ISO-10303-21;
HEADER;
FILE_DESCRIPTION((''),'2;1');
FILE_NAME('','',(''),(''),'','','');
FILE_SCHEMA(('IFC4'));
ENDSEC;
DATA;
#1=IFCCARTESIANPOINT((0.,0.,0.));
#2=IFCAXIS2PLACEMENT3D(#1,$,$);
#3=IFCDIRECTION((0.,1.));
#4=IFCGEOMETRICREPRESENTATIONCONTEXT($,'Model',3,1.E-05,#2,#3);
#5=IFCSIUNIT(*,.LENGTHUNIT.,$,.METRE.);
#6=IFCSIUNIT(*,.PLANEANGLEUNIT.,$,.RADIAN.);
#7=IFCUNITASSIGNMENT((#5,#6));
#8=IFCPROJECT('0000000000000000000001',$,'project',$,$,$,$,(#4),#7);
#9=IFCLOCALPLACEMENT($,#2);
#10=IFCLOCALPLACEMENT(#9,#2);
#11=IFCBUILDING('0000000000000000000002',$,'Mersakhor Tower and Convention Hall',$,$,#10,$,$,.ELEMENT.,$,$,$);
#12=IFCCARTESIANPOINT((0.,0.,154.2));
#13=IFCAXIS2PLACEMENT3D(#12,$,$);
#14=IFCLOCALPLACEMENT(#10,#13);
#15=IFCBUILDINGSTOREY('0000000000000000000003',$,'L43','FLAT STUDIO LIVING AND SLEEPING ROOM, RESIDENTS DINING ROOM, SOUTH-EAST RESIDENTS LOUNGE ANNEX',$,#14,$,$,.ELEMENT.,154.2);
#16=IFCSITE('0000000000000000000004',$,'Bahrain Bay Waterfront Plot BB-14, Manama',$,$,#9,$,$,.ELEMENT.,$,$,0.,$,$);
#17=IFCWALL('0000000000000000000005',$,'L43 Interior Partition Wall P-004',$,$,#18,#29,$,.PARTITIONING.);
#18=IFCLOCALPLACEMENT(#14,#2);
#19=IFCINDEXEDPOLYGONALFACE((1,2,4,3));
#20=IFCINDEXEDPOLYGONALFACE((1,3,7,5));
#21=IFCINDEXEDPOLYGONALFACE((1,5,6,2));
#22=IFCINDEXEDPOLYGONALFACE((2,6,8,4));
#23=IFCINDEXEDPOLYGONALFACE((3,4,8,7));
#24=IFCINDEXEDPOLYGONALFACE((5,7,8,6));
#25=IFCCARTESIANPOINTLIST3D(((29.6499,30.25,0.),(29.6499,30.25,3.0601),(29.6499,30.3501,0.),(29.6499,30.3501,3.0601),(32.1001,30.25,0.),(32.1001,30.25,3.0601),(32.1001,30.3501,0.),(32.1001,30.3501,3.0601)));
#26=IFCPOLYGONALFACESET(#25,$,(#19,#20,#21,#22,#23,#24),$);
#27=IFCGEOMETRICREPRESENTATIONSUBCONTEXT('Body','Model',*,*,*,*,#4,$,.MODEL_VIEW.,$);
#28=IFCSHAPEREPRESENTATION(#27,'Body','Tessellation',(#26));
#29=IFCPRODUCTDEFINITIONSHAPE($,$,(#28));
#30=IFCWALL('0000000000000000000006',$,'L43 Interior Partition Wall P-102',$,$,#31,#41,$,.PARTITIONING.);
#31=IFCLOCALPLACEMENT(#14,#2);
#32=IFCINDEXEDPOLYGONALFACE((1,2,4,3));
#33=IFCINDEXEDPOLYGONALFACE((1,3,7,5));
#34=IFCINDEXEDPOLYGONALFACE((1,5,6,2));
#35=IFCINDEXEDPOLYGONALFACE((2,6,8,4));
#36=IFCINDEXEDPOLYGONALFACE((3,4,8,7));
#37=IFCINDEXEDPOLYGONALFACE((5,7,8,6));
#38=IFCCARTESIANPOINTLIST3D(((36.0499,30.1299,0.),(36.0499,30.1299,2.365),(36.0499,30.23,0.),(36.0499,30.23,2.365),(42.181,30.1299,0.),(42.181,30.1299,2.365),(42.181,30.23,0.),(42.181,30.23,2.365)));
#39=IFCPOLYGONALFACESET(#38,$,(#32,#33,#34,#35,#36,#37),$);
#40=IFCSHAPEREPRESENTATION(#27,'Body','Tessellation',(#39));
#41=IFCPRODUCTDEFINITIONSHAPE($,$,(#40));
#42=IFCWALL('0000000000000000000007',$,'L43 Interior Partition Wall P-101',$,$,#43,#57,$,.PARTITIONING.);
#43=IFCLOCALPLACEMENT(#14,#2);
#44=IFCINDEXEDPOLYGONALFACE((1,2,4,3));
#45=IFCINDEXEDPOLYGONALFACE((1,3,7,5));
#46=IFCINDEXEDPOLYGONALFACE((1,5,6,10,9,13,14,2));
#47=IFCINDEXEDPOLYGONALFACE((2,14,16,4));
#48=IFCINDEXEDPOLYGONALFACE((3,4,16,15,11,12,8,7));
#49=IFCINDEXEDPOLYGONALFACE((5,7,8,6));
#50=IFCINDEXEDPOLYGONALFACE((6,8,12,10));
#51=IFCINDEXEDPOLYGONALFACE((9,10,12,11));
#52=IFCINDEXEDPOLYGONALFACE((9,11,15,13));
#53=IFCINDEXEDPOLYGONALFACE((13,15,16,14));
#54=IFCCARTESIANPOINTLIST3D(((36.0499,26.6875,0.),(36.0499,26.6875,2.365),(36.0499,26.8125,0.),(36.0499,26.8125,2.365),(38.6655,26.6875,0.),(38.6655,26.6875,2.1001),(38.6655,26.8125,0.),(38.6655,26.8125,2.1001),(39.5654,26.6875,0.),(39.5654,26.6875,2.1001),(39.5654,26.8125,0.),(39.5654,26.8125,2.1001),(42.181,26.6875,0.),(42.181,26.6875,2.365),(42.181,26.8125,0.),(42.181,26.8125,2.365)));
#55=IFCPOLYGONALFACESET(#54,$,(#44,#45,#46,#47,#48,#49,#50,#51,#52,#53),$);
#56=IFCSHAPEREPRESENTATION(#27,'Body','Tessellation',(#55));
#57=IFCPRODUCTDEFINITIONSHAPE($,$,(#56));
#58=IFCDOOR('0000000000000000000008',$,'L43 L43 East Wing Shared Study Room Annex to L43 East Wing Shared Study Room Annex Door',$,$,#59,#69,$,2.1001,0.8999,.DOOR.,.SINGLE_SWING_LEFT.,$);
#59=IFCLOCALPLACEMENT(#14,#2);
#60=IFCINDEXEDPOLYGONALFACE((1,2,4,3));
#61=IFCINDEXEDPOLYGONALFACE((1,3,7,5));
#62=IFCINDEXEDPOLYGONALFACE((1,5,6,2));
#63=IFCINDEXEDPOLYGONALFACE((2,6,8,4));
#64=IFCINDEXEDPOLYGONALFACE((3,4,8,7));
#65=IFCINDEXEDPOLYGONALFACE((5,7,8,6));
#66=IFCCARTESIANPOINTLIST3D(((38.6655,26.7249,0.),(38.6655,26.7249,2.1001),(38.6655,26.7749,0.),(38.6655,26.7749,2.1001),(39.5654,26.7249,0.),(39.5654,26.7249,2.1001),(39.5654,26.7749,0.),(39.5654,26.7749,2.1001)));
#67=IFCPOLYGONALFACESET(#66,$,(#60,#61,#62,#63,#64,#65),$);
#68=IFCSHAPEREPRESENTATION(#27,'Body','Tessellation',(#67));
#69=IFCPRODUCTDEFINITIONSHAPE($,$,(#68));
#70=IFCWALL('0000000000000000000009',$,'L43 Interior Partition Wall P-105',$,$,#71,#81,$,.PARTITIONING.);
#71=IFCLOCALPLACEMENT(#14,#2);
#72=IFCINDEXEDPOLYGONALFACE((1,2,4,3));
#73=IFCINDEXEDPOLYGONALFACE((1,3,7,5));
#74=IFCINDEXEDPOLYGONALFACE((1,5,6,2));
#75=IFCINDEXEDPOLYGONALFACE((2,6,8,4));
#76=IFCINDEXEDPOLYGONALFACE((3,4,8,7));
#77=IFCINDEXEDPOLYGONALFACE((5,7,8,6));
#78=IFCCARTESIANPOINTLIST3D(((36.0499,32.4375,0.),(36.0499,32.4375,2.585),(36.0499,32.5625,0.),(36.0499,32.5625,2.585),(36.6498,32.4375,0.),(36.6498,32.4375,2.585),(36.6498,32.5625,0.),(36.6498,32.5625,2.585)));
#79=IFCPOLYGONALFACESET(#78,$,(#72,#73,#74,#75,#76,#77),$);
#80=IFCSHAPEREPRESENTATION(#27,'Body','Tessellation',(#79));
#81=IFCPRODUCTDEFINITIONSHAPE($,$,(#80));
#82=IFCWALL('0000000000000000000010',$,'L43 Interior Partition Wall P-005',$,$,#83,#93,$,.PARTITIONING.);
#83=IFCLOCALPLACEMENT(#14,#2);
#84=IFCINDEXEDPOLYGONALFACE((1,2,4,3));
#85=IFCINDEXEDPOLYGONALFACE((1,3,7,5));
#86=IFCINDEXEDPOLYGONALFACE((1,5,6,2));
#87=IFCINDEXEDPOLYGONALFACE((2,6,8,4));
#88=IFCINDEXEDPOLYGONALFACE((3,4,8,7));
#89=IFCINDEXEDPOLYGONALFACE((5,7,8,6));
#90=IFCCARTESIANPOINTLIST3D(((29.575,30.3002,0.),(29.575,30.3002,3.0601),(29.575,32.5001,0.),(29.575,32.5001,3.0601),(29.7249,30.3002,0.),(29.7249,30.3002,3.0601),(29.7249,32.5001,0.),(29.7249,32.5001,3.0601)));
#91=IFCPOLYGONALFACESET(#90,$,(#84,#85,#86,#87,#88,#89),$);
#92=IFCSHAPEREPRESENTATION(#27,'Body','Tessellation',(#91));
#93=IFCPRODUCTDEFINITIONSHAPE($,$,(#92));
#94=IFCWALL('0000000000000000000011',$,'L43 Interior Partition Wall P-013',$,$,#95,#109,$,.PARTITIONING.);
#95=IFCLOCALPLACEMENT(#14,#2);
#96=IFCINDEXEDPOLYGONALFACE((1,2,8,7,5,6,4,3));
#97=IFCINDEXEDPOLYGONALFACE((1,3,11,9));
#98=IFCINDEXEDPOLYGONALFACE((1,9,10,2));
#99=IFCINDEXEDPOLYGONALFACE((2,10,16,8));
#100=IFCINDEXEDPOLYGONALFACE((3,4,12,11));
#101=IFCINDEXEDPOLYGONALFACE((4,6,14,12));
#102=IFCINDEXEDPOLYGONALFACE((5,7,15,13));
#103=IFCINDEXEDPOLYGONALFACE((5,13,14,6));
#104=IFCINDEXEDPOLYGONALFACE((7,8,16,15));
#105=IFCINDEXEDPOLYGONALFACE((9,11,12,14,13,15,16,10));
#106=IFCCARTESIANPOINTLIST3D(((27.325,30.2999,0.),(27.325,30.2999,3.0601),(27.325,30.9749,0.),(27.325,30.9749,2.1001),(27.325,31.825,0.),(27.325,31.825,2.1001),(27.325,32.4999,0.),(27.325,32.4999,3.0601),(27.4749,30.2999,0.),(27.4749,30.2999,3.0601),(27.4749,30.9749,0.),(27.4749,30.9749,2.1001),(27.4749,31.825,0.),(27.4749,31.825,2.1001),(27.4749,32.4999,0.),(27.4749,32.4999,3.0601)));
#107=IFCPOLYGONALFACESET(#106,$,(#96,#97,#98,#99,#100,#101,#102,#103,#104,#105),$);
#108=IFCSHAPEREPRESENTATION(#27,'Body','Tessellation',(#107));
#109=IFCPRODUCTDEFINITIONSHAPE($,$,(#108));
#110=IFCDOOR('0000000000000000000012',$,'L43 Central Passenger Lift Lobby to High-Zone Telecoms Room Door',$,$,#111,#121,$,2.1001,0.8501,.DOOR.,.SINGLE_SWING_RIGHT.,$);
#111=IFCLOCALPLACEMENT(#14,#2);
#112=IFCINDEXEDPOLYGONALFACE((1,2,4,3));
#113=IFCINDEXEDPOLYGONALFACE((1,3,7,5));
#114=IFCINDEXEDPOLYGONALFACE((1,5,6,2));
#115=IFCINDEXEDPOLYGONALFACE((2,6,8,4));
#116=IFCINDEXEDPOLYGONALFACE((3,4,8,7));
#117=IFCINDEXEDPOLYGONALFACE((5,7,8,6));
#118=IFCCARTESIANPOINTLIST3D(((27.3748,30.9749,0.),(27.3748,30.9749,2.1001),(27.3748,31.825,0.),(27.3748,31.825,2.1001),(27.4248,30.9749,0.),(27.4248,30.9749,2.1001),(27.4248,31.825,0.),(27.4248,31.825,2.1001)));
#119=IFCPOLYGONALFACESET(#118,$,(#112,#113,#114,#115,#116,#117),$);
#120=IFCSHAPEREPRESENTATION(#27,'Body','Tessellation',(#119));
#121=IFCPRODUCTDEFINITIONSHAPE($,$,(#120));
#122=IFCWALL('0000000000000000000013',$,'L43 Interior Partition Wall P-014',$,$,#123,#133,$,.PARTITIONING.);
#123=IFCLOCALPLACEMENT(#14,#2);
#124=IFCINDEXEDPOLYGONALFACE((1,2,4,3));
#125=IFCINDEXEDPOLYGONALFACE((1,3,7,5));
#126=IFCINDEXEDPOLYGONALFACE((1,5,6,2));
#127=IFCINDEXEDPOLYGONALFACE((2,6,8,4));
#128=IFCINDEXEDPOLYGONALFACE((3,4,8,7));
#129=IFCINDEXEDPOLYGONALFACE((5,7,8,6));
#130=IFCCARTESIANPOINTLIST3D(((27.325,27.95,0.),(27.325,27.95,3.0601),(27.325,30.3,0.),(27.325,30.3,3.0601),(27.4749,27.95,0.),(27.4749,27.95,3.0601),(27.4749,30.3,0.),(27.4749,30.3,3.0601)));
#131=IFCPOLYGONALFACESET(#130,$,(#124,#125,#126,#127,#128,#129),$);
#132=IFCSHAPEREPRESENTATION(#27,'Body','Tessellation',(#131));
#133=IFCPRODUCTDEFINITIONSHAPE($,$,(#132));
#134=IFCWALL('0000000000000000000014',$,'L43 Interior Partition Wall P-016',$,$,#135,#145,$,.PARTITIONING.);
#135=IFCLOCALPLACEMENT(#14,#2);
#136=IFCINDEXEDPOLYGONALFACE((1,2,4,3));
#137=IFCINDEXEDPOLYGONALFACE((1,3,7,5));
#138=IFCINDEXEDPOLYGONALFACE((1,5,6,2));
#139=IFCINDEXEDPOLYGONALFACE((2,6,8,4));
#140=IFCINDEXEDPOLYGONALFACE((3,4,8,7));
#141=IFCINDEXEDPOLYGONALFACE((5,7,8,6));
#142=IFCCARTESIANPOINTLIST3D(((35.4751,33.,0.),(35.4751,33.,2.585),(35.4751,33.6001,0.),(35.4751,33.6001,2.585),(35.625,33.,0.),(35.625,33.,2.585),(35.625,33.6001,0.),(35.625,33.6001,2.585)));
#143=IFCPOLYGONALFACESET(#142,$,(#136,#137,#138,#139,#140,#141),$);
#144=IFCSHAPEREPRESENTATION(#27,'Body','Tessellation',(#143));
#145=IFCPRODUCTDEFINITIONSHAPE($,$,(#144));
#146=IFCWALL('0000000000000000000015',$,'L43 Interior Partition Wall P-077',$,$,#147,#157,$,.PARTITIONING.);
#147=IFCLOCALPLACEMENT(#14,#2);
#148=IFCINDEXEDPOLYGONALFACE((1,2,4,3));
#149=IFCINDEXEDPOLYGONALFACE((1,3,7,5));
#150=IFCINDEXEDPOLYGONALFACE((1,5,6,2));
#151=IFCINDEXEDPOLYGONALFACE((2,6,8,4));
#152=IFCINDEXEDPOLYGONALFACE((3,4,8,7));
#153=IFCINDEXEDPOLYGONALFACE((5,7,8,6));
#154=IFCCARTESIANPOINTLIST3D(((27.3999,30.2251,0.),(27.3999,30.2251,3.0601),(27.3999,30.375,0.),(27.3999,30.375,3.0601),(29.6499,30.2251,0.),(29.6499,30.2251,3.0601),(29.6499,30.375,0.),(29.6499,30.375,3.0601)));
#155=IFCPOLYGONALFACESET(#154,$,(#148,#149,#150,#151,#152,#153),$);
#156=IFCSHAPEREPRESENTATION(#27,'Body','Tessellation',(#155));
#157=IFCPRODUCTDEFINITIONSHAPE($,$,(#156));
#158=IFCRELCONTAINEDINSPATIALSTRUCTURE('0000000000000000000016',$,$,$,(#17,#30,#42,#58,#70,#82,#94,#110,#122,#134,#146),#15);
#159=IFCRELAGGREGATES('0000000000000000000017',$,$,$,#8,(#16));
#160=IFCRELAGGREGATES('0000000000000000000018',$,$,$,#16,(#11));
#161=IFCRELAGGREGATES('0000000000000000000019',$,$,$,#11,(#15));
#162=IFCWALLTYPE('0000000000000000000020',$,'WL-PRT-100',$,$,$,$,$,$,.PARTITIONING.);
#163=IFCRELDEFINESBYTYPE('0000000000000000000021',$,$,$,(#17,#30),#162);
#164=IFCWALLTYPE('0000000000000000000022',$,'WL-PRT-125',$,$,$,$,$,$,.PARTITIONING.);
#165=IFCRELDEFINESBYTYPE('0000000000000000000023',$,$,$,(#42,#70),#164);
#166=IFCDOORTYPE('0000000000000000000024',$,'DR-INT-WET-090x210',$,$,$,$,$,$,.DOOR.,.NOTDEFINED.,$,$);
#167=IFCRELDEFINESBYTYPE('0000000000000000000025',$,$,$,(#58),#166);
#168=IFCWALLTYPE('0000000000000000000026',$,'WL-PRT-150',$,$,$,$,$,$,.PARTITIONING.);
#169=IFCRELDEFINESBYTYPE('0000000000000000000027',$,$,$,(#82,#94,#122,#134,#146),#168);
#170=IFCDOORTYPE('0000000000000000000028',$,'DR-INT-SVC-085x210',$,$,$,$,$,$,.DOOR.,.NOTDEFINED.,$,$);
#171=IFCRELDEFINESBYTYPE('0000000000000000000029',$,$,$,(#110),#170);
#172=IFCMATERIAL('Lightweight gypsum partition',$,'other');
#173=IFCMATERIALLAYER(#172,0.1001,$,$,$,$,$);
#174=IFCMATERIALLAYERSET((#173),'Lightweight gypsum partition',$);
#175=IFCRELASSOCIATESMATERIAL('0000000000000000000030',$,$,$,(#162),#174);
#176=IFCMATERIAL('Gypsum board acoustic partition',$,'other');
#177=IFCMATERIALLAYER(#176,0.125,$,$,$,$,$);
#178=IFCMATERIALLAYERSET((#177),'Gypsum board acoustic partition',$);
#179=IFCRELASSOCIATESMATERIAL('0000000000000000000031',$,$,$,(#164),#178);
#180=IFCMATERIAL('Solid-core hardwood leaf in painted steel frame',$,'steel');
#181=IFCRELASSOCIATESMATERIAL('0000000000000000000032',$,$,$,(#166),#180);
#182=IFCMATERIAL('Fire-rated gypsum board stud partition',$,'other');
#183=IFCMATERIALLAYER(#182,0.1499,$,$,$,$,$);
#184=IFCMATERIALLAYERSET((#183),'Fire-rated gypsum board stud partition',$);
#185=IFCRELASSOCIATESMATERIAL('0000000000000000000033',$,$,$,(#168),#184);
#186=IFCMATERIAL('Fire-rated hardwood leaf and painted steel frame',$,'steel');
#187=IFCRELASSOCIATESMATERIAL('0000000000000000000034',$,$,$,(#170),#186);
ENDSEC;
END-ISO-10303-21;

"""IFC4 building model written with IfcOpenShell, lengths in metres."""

from ifc_helpers import new_model, si_unit, direction, frame, frame_2d, origin, place, context, subcontext, project, spatial, rectangle, extrude, material, layer, layer_set, type_object, element, fill, save


model = new_model("IFC4")

# Units and contexts
model_context = context("Model", 3, precision=1e-05, world=origin(), true_north=direction((0.0, 1.0)))
body_context = subcontext(model_context, "Body", "Model", "MODEL_VIEW")
ifc_project = project(units=[si_unit("LENGTHUNIT", "METRE"), si_unit("PLANEANGLEUNIT", "RADIAN")], contexts=[model_context])

# Site, building, storey
site_placement = place(None, origin())
site = spatial("IfcSite", under=ifc_project, at=site_placement, Name="Bahrain Bay Waterfront Plot BB-14, Manama", CompositionType="ELEMENT", RefElevation=0.0)
building_placement = place(site_placement, origin())
building = spatial("IfcBuilding", under=site, at=building_placement, Name="Mersakhor Tower and Convention Hall", CompositionType="ELEMENT")
storey_placement = place(building_placement, frame((0.0, 0.0, 154.2)))
storey = spatial("IfcBuildingStorey", under=building, at=storey_placement, Name="L43", Description="FLAT STUDIO LIVING AND SLEEPING ROOM, RESIDENTS DINING ROOM, SOUTH-EAST RESIDENTS LOUNGE ANNEX", CompositionType="ELEMENT", Elevation=154.2)

# Walls
ifc_material_1 = material(Name="Lightweight gypsum partition", Category="other")
ifc_layer_1 = layer(ifc_material_1, 0.1001)
ifc_layer_set_1 = layer_set([ifc_layer_1], Name="Lightweight gypsum partition")
wall_type_1 = type_object("IfcWallType", Name="WL-PRT-100", PredefinedType="PARTITIONING", material=ifc_layer_set_1)
wall_1_placement = place(storey_placement, frame((32.1001, 30.3, 0.0), z_axis=(0.0, 0.0, 1.0), x_axis=(-1.0, 0.0, 0.0)))
element("IfcWall", 1, at=wall_1_placement, inside=storey, type_object=wall_type_1, Name="L43 Interior Partition Wall P-004", PredefinedType="PARTITIONING", context=body_context, shape_type="SweptSolid", body=[
    extrude(rectangle(XDim=2.4502, YDim=0.1001, at=frame_2d((1.2251, 0.0))), origin(), (0.0, 0.0, 1.0), 3.0601),
])
wall_2_placement = place(storey_placement, frame((36.05, 30.1799, 0.0), z_axis=(0.0, 0.0, 1.0), x_axis=(1.0, 0.0, 0.0)))
element("IfcWall", 2, at=wall_2_placement, inside=storey, type_object=wall_type_1, Name="L43 Interior Partition Wall P-102", PredefinedType="PARTITIONING", context=body_context, shape_type="SweptSolid", body=[
    extrude(rectangle(XDim=6.1311, YDim=0.1001, at=frame_2d((3.0654, 0.0))), origin(), (0.0, 0.0, 1.0), 2.365),
])

# Wall, opening, door
ifc_material_2 = material(Name="Gypsum board acoustic partition", Category="other")
ifc_layer_2 = layer(ifc_material_2, 0.125)
ifc_layer_set_2 = layer_set([ifc_layer_2], Name="Gypsum board acoustic partition")
wall_type_2 = type_object("IfcWallType", Name="WL-PRT-125", PredefinedType="PARTITIONING", material=ifc_layer_set_2)
wall_3_placement = place(storey_placement, frame((36.05, 26.75, 0.0), z_axis=(0.0, 0.0, 1.0), x_axis=(1.0, 0.0, 0.0)))
wall_3 = element("IfcWall", 3, at=wall_3_placement, inside=storey, type_object=wall_type_2, Name="L43 Interior Partition Wall P-101", PredefinedType="PARTITIONING", context=body_context, shape_type="SweptSolid", body=[
    extrude(rectangle(XDim=6.1311, YDim=0.125, at=frame_2d((3.0654, 0.0))), origin(), (0.0, 0.0, 1.0), 2.365),
])
opening_1_placement = place(wall_3_placement, frame((2.6155, 0.0, 0.0)))
opening_1 = element("IfcOpeningElement", 4, at=opening_1_placement, cuts=wall_3, PredefinedType="OPENING", context=body_context, shape_type="SweptSolid", body=[
    extrude(rectangle(XDim=0.8999, YDim=2.1001, at=frame_2d((0.45, 1.05))), frame((0.0, 0.0725, 0.0), z_axis=(0.0, -1.0, 0.0), x_axis=(1.0, 0.0, 0.0)), (0.0, 0.0, 1.0), 0.145),
])
ifc_material_3 = material(Name="Solid-core hardwood leaf in painted steel frame", Category="steel")
door_type_1 = type_object("IfcDoorType", Name="DR-INT-WET-090x210", OperationType="NOTDEFINED", PredefinedType="DOOR", material=ifc_material_3)
door_1_placement = place(opening_1_placement, origin())
door_1 = element("IfcDoor", 5, at=door_1_placement, inside=storey, type_object=door_type_1, Name="L43 L43 East Wing Shared Study Room Annex to L43 East Wing Shared Study Room Annex Door", OperationType="SINGLE_SWING_LEFT", OverallHeight=2.1001, OverallWidth=0.8999, PredefinedType="DOOR", context=body_context, shape_type="SweptSolid", body=[
    extrude(rectangle(XDim=0.8999, YDim=2.1001, at=frame_2d((0.45, 1.05))), frame((0.0, 0.0249, 0.0), z_axis=(0.0, -1.0, 0.0), x_axis=(1.0, 0.0, 0.0)), (0.0, 0.0, 1.0), 0.05),
])
fill(opening_1, door_1)

# Walls
wall_4_placement = place(storey_placement, frame((36.05, 32.5, 0.0), z_axis=(0.0, 0.0, 1.0), x_axis=(1.0, 0.0, 0.0)))
element("IfcWall", 6, at=wall_4_placement, inside=storey, type_object=wall_type_2, Name="L43 Interior Partition Wall P-105", PredefinedType="PARTITIONING", context=body_context, shape_type="SweptSolid", body=[
    extrude(rectangle(XDim=0.5999, YDim=0.125, at=frame_2d((0.2998, 0.0))), origin(), (0.0, 0.0, 1.0), 2.585),
])
ifc_material_4 = material(Name="Fire-rated gypsum board stud partition", Category="other")
ifc_layer_3 = layer(ifc_material_4, 0.1499)
ifc_layer_set_3 = layer_set([ifc_layer_3], Name="Fire-rated gypsum board stud partition")
wall_type_3 = type_object("IfcWallType", Name="WL-PRT-150", PredefinedType="PARTITIONING", material=ifc_layer_set_3)
wall_5_placement = place(storey_placement, frame((29.6499, 30.3, 0.0), z_axis=(0.0, 0.0, 1.0), x_axis=(0.0, 1.0, 0.0)))
element("IfcWall", 7, at=wall_5_placement, inside=storey, type_object=wall_type_3, Name="L43 Interior Partition Wall P-005", PredefinedType="PARTITIONING", context=body_context, shape_type="SweptSolid", body=[
    extrude(rectangle(XDim=2.2, YDim=0.1499, at=frame_2d((1.1001, 0.0))), origin(), (0.0, 0.0, 1.0), 3.0601),
])

# Wall, opening, door
wall_6_placement = place(storey_placement, frame((27.3999, 32.5, 0.0), z_axis=(0.0, 0.0, 1.0), x_axis=(0.0, -1.0, 0.0)))
wall_6 = element("IfcWall", 8, at=wall_6_placement, inside=storey, type_object=wall_type_3, Name="L43 Interior Partition Wall P-013", PredefinedType="PARTITIONING", context=body_context, shape_type="SweptSolid", body=[
    extrude(rectangle(XDim=2.2, YDim=0.1499, at=frame_2d((1.1001, 0.0))), origin(), (0.0, 0.0, 1.0), 3.0601),
])
opening_2_placement = place(wall_6_placement, frame((0.675, 0.0, 0.0)))
opening_2 = element("IfcOpeningElement", 9, at=opening_2_placement, cuts=wall_6, PredefinedType="OPENING", context=body_context, shape_type="SweptSolid", body=[
    extrude(rectangle(XDim=0.8501, YDim=2.1001, at=frame_2d((0.425, 1.05))), frame((0.0, 0.085, 0.0), z_axis=(0.0, -1.0, 0.0), x_axis=(1.0, 0.0, 0.0)), (0.0, 0.0, 1.0), 0.1699),
])
ifc_material_5 = material(Name="Fire-rated hardwood leaf and painted steel frame", Category="steel")
door_type_2 = type_object("IfcDoorType", Name="DR-INT-SVC-085x210", OperationType="NOTDEFINED", PredefinedType="DOOR", material=ifc_material_5)
door_2_placement = place(opening_2_placement, origin())
door_2 = element("IfcDoor", 10, at=door_2_placement, inside=storey, type_object=door_type_2, Name="L43 Central Passenger Lift Lobby to High-Zone Telecoms Room Door", OperationType="SINGLE_SWING_RIGHT", OverallHeight=2.1001, OverallWidth=0.8501, PredefinedType="DOOR", context=body_context, shape_type="SweptSolid", body=[
    extrude(rectangle(XDim=0.8501, YDim=2.1001, at=frame_2d((0.425, 1.05))), frame((0.0, 0.0249, 0.0), z_axis=(0.0, -1.0, 0.0), x_axis=(1.0, 0.0, 0.0)), (0.0, 0.0, 1.0), 0.05),
])
fill(opening_2, door_2)

# Wall
wall_7_placement = place(storey_placement, frame((27.3999, 30.3, 0.0), z_axis=(0.0, 0.0, 1.0), x_axis=(0.0, -1.0, 0.0)))
element("IfcWall", 11, at=wall_7_placement, inside=storey, type_object=wall_type_3, Name="L43 Interior Partition Wall P-014", PredefinedType="PARTITIONING", context=body_context, shape_type="SweptSolid", body=[
    extrude(rectangle(XDim=2.3501, YDim=0.1499, at=frame_2d((1.175, 0.0))), origin(), (0.0, 0.0, 1.0), 3.0601),
])

# Walls
wall_8_placement = place(storey_placement, frame((35.55, 33.6001, 0.0), z_axis=(0.0, 0.0, 1.0), x_axis=(0.0, -1.0, 0.0)))
element("IfcWall", 12, at=wall_8_placement, inside=storey, type_object=wall_type_3, Name="L43 Interior Partition Wall P-016", PredefinedType="PARTITIONING", context=body_context, shape_type="SweptSolid", body=[
    extrude(rectangle(XDim=0.6001, YDim=0.1499, at=frame_2d((0.3, 0.0))), origin(), (0.0, 0.0, 1.0), 2.585),
])
wall_9_placement = place(storey_placement, frame((27.3999, 30.3, 0.0), z_axis=(0.0, 0.0, 1.0), x_axis=(1.0, 0.0, 0.0)))
element("IfcWall", 13, at=wall_9_placement, inside=storey, type_object=wall_type_3, Name="L43 Interior Partition Wall P-077", PredefinedType="PARTITIONING", context=body_context, shape_type="SweptSolid", body=[
    extrude(rectangle(XDim=2.25, YDim=0.1499, at=frame_2d((1.125, 0.0))), origin(), (0.0, 0.0, 1.0), 3.0601),
])

save(model, "model.ifc")
